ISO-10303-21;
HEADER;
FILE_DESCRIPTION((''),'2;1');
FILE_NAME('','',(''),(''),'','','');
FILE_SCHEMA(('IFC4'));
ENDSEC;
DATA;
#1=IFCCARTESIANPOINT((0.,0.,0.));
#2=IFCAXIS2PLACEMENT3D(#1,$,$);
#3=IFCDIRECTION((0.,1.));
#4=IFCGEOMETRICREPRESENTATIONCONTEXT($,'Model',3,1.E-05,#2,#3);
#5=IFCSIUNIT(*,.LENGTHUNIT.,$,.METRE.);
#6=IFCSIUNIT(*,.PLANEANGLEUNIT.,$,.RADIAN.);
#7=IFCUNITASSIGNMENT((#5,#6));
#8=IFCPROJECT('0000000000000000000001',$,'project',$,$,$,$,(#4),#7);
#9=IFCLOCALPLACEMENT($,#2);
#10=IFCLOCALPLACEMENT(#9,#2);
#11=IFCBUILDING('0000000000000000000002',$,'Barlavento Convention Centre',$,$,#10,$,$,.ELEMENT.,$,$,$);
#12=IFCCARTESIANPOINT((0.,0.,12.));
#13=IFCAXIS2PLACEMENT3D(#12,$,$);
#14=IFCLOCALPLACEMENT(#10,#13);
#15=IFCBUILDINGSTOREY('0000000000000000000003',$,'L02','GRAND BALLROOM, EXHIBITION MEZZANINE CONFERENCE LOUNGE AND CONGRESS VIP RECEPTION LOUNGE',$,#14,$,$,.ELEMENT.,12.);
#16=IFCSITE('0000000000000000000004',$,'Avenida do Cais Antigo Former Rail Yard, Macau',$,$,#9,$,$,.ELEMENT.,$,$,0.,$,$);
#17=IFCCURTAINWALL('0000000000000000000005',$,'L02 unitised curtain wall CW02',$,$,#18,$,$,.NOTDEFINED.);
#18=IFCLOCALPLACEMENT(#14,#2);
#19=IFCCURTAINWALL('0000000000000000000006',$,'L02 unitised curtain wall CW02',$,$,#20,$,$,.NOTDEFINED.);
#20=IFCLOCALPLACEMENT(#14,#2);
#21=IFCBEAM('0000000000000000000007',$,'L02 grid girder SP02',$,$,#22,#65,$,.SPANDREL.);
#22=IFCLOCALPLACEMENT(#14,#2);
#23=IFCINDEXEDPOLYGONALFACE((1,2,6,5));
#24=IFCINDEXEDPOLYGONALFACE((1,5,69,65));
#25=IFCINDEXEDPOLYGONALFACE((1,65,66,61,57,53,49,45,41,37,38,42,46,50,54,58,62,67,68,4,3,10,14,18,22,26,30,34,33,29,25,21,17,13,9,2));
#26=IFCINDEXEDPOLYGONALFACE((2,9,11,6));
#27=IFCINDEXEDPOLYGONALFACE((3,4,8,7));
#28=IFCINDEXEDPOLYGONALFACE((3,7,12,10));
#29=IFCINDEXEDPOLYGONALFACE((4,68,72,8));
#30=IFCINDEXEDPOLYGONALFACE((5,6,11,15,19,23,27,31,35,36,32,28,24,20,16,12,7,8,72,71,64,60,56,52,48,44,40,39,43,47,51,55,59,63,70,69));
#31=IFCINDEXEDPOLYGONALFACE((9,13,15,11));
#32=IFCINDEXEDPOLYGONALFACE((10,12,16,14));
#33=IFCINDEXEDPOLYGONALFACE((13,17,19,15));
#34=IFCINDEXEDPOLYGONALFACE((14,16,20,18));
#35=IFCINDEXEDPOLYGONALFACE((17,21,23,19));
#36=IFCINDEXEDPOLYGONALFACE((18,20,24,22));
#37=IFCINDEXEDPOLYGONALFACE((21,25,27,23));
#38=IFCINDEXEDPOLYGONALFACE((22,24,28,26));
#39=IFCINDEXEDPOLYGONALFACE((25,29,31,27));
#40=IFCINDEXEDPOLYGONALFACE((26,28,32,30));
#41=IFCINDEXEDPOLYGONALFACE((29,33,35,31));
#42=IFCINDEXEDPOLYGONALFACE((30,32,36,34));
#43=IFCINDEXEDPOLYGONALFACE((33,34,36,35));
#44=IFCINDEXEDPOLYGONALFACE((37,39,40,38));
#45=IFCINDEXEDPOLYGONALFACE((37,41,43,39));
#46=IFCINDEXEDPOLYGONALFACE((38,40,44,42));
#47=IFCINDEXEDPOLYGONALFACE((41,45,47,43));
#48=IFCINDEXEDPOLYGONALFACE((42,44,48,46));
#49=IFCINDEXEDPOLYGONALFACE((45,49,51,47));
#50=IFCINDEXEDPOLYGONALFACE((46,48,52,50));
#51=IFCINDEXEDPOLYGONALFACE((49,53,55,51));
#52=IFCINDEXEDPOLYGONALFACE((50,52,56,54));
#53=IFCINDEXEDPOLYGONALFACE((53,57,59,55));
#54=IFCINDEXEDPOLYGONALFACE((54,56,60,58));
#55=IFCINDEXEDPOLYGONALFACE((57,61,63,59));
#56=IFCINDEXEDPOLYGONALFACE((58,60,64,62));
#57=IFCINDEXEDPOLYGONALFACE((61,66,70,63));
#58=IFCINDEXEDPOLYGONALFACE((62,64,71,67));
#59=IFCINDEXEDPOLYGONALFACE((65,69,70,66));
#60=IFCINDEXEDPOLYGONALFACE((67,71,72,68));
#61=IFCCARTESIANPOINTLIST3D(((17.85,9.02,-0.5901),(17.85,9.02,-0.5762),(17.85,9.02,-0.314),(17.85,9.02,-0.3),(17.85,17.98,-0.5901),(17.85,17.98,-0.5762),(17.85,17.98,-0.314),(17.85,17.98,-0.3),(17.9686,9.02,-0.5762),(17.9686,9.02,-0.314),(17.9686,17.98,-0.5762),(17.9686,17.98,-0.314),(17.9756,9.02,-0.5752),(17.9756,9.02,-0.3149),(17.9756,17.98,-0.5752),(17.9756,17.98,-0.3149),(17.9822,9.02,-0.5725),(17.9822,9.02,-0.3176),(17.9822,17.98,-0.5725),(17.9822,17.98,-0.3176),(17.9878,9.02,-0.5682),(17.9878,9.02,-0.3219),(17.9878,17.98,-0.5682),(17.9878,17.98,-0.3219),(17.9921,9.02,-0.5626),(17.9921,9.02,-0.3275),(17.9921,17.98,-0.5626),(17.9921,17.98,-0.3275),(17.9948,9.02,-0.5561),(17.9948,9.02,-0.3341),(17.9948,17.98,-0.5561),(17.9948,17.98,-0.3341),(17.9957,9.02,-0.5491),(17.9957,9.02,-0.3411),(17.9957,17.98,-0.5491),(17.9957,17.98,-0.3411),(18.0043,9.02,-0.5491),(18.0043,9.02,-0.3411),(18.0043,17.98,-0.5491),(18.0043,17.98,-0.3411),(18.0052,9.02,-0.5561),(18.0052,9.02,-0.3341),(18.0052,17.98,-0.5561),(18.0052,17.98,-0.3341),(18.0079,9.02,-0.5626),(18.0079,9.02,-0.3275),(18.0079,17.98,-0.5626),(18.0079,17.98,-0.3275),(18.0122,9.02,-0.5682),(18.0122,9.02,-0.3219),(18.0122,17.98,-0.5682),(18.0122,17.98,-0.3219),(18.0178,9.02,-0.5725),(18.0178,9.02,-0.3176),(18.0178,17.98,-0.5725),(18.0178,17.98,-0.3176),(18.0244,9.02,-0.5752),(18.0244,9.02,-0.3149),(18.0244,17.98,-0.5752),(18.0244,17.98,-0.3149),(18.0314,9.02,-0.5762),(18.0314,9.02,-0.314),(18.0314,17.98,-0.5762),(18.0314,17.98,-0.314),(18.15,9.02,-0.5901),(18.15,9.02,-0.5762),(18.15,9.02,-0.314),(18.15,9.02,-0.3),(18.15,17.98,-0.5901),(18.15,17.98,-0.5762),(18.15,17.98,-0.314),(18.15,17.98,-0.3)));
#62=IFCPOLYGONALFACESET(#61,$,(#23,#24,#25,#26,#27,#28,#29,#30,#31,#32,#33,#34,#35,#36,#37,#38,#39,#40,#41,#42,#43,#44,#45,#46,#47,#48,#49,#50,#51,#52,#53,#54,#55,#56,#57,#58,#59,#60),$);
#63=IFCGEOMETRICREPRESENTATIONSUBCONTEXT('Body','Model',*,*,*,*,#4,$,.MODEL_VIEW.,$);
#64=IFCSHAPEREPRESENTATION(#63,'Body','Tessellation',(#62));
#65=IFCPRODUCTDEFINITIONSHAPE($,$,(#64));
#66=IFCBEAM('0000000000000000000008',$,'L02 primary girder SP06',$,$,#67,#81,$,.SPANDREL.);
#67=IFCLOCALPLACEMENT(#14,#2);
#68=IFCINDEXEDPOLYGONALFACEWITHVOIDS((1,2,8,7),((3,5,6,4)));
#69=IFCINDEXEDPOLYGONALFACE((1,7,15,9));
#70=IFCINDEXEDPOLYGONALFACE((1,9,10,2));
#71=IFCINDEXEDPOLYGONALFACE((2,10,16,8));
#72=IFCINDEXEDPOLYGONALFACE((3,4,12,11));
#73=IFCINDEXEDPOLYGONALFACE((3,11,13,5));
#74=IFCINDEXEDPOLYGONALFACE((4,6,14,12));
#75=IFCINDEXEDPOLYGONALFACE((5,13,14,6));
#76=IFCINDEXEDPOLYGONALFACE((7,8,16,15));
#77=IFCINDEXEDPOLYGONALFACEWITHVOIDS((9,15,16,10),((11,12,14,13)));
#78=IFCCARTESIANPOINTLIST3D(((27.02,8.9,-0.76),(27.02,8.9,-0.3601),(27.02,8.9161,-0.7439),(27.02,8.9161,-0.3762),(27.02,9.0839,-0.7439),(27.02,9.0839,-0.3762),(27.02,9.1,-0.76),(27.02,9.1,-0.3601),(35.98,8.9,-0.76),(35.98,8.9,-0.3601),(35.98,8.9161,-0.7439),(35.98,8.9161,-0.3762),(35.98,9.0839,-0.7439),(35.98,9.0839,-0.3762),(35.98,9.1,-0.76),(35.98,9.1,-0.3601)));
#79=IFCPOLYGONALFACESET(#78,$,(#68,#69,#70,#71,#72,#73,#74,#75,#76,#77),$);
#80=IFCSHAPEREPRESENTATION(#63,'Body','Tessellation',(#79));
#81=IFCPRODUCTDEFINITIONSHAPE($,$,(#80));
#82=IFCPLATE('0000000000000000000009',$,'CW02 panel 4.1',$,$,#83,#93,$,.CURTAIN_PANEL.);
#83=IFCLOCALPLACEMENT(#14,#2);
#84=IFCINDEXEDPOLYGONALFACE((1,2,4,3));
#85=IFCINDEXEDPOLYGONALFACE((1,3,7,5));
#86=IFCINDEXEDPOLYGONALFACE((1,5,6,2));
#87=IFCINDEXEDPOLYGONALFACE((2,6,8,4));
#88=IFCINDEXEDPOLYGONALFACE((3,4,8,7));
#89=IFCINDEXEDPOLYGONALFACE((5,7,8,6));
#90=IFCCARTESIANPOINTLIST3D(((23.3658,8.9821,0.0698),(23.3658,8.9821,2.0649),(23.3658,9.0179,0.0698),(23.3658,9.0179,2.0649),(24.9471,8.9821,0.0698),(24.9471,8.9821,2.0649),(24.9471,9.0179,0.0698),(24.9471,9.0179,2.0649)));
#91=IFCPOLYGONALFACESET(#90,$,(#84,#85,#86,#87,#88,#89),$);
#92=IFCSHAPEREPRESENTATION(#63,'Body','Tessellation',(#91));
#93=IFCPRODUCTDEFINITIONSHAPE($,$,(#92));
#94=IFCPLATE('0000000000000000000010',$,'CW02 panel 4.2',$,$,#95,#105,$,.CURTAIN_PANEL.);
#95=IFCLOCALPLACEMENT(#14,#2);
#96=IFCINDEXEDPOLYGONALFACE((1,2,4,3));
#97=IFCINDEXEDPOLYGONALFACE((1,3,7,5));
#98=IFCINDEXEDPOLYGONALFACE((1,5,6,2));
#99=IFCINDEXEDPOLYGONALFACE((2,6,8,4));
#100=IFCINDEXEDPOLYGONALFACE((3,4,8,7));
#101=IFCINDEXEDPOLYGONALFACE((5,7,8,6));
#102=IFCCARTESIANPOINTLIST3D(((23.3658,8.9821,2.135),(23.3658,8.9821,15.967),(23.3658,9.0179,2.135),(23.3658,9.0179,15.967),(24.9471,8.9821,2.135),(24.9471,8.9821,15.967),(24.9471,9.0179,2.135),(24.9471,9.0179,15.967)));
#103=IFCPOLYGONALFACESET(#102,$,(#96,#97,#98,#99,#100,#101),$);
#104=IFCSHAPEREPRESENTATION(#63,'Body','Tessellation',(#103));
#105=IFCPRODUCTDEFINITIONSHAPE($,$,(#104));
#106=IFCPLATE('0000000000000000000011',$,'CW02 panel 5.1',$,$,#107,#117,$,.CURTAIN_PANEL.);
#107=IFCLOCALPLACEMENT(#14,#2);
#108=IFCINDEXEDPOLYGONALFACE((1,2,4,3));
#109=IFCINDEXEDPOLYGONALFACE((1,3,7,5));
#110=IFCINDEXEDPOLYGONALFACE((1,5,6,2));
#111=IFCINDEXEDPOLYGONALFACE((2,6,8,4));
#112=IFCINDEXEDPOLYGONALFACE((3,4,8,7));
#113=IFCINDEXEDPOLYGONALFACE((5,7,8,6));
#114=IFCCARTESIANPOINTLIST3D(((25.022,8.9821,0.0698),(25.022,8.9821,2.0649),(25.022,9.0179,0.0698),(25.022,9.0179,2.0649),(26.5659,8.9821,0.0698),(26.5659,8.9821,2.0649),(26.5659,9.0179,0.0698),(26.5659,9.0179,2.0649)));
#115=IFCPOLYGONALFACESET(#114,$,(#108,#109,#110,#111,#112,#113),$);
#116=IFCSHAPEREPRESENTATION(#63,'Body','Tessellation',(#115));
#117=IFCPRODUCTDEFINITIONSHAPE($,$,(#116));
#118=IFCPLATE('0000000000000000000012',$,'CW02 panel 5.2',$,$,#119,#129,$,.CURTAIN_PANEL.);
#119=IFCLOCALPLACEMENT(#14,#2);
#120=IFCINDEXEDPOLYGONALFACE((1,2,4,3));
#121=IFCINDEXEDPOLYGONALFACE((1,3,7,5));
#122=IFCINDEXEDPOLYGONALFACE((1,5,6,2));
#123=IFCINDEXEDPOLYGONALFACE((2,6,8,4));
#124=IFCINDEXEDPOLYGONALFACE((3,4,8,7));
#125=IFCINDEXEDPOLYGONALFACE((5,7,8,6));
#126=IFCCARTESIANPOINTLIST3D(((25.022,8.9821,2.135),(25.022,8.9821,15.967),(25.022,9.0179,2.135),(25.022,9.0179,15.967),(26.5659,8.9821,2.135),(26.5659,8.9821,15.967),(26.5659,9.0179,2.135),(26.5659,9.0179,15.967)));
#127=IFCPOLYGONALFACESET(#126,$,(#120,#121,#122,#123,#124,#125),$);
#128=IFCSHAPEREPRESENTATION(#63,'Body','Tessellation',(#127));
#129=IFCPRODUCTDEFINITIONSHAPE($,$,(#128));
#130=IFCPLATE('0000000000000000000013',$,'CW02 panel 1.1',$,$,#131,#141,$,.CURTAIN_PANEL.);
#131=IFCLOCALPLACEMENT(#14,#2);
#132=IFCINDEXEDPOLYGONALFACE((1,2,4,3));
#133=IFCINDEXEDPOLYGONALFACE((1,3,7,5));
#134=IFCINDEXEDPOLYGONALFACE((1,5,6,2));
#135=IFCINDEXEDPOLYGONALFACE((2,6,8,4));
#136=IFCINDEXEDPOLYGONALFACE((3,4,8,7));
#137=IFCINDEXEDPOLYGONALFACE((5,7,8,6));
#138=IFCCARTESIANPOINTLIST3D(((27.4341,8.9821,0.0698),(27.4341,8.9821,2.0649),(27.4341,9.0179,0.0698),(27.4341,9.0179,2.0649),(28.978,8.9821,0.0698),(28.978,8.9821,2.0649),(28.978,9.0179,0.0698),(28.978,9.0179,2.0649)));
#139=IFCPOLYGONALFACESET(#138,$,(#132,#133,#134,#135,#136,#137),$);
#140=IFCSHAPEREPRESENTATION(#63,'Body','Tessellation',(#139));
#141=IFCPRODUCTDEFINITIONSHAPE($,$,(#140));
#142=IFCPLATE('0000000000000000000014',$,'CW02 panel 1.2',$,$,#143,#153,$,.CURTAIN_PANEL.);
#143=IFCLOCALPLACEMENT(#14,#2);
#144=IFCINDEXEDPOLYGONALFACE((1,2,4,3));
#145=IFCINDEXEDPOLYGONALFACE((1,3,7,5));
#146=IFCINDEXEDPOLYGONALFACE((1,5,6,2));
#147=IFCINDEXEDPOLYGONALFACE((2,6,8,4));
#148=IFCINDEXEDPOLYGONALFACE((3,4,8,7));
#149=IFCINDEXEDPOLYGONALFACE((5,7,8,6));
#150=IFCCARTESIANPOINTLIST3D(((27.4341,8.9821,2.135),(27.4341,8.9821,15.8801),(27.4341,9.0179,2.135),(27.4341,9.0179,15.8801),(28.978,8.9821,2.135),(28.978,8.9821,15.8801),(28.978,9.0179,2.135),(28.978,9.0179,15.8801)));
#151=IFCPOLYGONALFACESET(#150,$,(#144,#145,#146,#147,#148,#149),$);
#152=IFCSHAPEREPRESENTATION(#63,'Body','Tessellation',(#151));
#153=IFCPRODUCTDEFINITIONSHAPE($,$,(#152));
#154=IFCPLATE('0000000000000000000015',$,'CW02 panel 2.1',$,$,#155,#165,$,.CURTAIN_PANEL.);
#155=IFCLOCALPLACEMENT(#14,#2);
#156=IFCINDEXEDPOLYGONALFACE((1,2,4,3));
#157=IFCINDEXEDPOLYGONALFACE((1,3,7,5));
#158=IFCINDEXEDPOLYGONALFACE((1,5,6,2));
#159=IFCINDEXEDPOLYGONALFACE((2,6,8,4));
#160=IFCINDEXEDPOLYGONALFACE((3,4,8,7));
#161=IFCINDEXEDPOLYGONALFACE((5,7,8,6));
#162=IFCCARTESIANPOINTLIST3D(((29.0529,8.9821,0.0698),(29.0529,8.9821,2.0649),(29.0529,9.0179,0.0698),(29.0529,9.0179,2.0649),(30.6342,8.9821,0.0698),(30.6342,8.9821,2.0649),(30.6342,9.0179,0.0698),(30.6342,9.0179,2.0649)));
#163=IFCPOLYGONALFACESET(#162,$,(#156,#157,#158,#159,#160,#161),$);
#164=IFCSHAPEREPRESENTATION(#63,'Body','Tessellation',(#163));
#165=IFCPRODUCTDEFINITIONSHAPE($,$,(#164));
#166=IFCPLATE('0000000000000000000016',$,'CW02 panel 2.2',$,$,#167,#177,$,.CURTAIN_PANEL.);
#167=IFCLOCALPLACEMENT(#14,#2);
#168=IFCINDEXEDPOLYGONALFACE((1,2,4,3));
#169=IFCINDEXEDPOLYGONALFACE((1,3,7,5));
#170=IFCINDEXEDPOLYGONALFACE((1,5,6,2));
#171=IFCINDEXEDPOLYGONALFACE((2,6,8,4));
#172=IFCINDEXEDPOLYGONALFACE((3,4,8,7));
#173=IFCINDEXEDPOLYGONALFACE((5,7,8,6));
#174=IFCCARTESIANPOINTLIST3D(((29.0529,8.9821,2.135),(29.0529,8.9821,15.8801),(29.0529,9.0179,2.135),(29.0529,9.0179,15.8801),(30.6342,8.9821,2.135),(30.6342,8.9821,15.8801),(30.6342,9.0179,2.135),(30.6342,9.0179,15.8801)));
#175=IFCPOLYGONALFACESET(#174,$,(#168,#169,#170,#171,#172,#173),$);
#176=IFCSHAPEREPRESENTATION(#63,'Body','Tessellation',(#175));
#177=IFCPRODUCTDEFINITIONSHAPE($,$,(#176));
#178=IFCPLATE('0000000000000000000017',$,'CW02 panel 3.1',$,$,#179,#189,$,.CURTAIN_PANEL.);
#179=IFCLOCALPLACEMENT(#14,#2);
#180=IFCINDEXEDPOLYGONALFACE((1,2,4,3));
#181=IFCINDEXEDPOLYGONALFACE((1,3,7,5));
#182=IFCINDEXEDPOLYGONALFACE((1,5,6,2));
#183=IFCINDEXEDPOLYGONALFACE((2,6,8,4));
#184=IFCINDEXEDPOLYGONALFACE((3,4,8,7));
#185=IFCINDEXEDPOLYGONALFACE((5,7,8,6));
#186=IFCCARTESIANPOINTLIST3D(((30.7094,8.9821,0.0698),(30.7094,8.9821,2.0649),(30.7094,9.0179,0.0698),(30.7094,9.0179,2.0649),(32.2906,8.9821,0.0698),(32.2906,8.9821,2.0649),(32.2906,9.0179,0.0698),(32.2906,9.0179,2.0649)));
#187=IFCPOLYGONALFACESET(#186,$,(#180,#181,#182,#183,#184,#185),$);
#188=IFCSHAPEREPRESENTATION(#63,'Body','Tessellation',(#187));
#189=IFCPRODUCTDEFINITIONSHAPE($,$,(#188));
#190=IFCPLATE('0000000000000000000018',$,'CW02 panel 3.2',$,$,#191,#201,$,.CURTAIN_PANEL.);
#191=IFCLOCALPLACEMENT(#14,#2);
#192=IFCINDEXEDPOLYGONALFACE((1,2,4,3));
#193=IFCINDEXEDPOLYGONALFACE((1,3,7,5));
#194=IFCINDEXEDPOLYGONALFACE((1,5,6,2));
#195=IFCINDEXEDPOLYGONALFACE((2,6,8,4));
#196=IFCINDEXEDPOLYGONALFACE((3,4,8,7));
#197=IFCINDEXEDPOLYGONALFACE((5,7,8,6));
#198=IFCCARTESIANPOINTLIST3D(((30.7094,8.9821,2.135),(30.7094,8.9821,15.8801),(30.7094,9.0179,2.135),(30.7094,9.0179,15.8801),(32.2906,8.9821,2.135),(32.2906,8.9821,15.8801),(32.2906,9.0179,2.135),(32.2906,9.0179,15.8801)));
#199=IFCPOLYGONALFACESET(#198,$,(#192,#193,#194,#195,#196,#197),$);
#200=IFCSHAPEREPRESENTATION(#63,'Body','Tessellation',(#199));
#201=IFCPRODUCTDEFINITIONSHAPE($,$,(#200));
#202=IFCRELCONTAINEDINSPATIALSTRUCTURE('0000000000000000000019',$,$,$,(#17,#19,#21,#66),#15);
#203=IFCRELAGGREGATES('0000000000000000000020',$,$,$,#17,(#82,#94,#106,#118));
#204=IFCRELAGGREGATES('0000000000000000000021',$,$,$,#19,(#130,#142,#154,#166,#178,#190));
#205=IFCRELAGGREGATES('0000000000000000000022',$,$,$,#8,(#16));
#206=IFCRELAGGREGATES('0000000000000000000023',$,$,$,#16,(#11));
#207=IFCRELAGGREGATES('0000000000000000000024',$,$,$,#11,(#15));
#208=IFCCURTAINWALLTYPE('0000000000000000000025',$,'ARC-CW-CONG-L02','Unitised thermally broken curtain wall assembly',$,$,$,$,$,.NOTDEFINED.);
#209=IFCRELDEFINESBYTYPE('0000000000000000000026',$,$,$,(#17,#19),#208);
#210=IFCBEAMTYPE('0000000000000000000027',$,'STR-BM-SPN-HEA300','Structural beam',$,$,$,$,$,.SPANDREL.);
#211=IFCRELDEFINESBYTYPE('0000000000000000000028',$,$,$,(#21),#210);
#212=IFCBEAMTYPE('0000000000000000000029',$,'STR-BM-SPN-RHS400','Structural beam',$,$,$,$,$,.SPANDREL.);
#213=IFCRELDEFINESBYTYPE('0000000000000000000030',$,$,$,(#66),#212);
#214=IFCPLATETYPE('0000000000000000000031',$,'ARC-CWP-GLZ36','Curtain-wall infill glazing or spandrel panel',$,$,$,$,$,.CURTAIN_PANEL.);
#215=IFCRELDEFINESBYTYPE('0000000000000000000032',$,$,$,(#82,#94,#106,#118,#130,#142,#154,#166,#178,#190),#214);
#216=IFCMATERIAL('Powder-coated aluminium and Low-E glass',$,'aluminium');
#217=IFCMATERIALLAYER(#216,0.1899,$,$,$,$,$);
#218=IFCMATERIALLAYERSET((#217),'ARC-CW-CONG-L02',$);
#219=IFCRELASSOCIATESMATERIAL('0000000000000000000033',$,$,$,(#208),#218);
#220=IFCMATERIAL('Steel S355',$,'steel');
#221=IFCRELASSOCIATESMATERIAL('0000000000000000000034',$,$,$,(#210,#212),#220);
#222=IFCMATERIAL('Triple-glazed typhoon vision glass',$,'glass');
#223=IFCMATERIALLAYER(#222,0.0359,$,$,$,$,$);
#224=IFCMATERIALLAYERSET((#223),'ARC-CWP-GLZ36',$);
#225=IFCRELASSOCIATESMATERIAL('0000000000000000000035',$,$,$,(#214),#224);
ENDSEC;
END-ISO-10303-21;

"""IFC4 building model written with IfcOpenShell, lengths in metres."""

from ifc_helpers import new_model, si_unit, direction, frame, origin, origin_2d, place, context, subcontext, project, spatial, rectangle, hollow_rectangle, i_section, extrude, material, layer, layer_set, material_profile, profile_set, type_object, element, aggregate, save


model = new_model("IFC4")

# Units and contexts
model_context = context("Model", 3, precision=1e-05, world=origin(), true_north=direction((0.0, 1.0)))
body_context = subcontext(model_context, "Body", "Model", "MODEL_VIEW")
ifc_project = project(units=[si_unit("LENGTHUNIT", "METRE"), si_unit("PLANEANGLEUNIT", "RADIAN")], contexts=[model_context])

# Site, building, storey
site_placement = place(None, origin())
site = spatial("IfcSite", under=ifc_project, at=site_placement, Name="Avenida do Cais Antigo Former Rail Yard, Macau", CompositionType="ELEMENT", RefElevation=0.0)
building_placement = place(site_placement, origin())
building = spatial("IfcBuilding", under=site, at=building_placement, Name="Barlavento Convention Centre", CompositionType="ELEMENT")
storey_placement = place(building_placement, frame((0.0, 0.0, 12.0)))
storey = spatial("IfcBuildingStorey", under=building, at=storey_placement, Name="L02", Description="GRAND BALLROOM, EXHIBITION MEZZANINE CONFERENCE LOUNGE AND CONGRESS VIP RECEPTION LOUNGE", CompositionType="ELEMENT", Elevation=12.0)

# Curtain walls
ifc_material_1 = material(Name="Powder-coated aluminium and Low-E glass", Category="aluminium")
ifc_layer_1 = layer(ifc_material_1, 0.1899)
ifc_layer_set_1 = layer_set([ifc_layer_1], Name="ARC-CW-CONG-L02")
curtain_wall_type = type_object("IfcCurtainWallType", Name="ARC-CW-CONG-L02", Description="Unitised thermally broken curtain wall assembly", PredefinedType="NOTDEFINED", material=ifc_layer_set_1)
curtain_wall_1_placement = place(storey_placement, origin())
curtain_wall_1 = element("IfcCurtainWall", 1, at=curtain_wall_1_placement, inside=storey, type_object=curtain_wall_type, Name="L02 unitised curtain wall CW02", PredefinedType="NOTDEFINED")
curtain_wall_2_placement = place(storey_placement, origin())
curtain_wall_2 = element("IfcCurtainWall", 2, at=curtain_wall_2_placement, inside=storey, type_object=curtain_wall_type, Name="L02 unitised curtain wall CW02", PredefinedType="NOTDEFINED")

# Beams
ifc_material_2 = material(Name="Steel S355", Category="steel")
ifc_material_profile_1 = material_profile(ifc_material_2, i_section(OverallWidth=0.3, OverallDepth=0.29, WebThickness=0.0085, FlangeThickness=0.0139, FilletRadius=0.0271, at=origin_2d()), Name="HEA 300")
ifc_profile_set_1 = profile_set([ifc_material_profile_1], Name="Steel S355")
beam_type_1 = type_object("IfcBeamType", Name="STR-BM-SPN-HEA300", Description="Structural beam", PredefinedType="SPANDREL", material=ifc_profile_set_1)
beam_1_placement = place(storey_placement, frame((18.0, 9.02, -0.4451), z_axis=(0.0, 1.0, 0.0), x_axis=(-1.0, 0.0, 0.0)))
element("IfcBeam", 3, at=beam_1_placement, inside=storey, type_object=beam_type_1, Name="L02 grid girder SP02", PredefinedType="SPANDREL", context=body_context, shape_type="SweptSolid", body=[
    extrude(i_section(OverallWidth=0.3, OverallDepth=0.29, WebThickness=0.0085, FlangeThickness=0.0139, FilletRadius=0.0271, at=origin_2d()), origin(), (0.0, 0.0, 1.0), 8.96),
])
ifc_material_profile_2 = material_profile(ifc_material_2, hollow_rectangle(XDim=0.2, YDim=0.3999, WallThickness=0.0161, at=origin_2d()), Name="RHS 400x200x16.0")
ifc_profile_set_2 = profile_set([ifc_material_profile_2], Name="Steel S355")
beam_type_2 = type_object("IfcBeamType", Name="STR-BM-SPN-RHS400", Description="Structural beam", PredefinedType="SPANDREL", material=ifc_profile_set_2)
beam_2_placement = place(storey_placement, frame((27.02, 9.0, -0.5601), z_axis=(1.0, 0.0, 0.0), x_axis=(0.0, 1.0, 0.0)))
element("IfcBeam", 4, at=beam_2_placement, inside=storey, type_object=beam_type_2, Name="L02 primary girder SP06", PredefinedType="SPANDREL", context=body_context, shape_type="SweptSolid", body=[
    extrude(hollow_rectangle(XDim=0.2, YDim=0.3999, WallThickness=0.0161, at=origin_2d()), origin(), (0.0, 0.0, 1.0), 8.96),
])

# Plates
ifc_material_3 = material(Name="Triple-glazed typhoon vision glass", Category="glass")
ifc_layer_2 = layer(ifc_material_3, 0.0359)
ifc_layer_set_2 = layer_set([ifc_layer_2], Name="ARC-CWP-GLZ36")
plate_type_1 = type_object("IfcPlateType", Name="ARC-CWP-GLZ36", Description="Curtain-wall infill glazing or spandrel panel", PredefinedType="CURTAIN_PANEL", material=ifc_layer_set_2)
plate_1_placement = place(storey_placement, frame((24.1565, 9.0, 0.0698), z_axis=(0.0, 0.0, 1.0), x_axis=(1.0, 0.0, 0.0)))
plate_1 = element("IfcPlate", 5, at=plate_1_placement, type_object=plate_type_1, Name="CW02 panel 4.1", PredefinedType="CURTAIN_PANEL", context=body_context, shape_type="SweptSolid", body=[
    extrude(rectangle(XDim=1.5813, YDim=0.0359, at=origin_2d()), origin(), (0.0, 0.0, 1.0), 1.9951),
])
plate_2_placement = place(storey_placement, frame((24.1565, 9.0, 2.135), z_axis=(0.0, 0.0, 1.0), x_axis=(1.0, 0.0, 0.0)))
plate_2 = element("IfcPlate", 6, at=plate_2_placement, type_object=plate_type_1, Name="CW02 panel 4.2", PredefinedType="CURTAIN_PANEL", context=body_context, shape_type="SweptSolid", body=[
    extrude(rectangle(XDim=1.5813, YDim=0.0359, at=origin_2d()), origin(), (0.0, 0.0, 1.0), 13.832),
])
plate_3_placement = place(storey_placement, frame((25.7939, 9.0, 0.0698), z_axis=(0.0, 0.0, 1.0), x_axis=(1.0, 0.0, 0.0)))
plate_3 = element("IfcPlate", 7, at=plate_3_placement, type_object=plate_type_1, Name="CW02 panel 5.1", PredefinedType="CURTAIN_PANEL", context=body_context, shape_type="SweptSolid", body=[
    extrude(rectangle(XDim=1.5439, YDim=0.0359, at=origin_2d()), origin(), (0.0, 0.0, 1.0), 1.9951),
])
plate_4_placement = place(storey_placement, frame((25.7939, 9.0, 2.135), z_axis=(0.0, 0.0, 1.0), x_axis=(1.0, 0.0, 0.0)))
plate_4 = element("IfcPlate", 8, at=plate_4_placement, type_object=plate_type_1, Name="CW02 panel 5.2", PredefinedType="CURTAIN_PANEL", context=body_context, shape_type="SweptSolid", body=[
    extrude(rectangle(XDim=1.5439, YDim=0.0359, at=origin_2d()), origin(), (0.0, 0.0, 1.0), 13.832),
])
aggregate(curtain_wall_1, [plate_1, plate_2, plate_3, plate_4])
plate_5_placement = place(storey_placement, frame((28.2061, 9.0, 0.0698), z_axis=(0.0, 0.0, 1.0), x_axis=(1.0, 0.0, 0.0)))
plate_5 = element("IfcPlate", 9, at=plate_5_placement, type_object=plate_type_1, Name="CW02 panel 1.1", PredefinedType="CURTAIN_PANEL", context=body_context, shape_type="SweptSolid", body=[
    extrude(rectangle(XDim=1.5439, YDim=0.0359, at=origin_2d()), origin(), (0.0, 0.0, 1.0), 1.9951),
])
plate_6_placement = place(storey_placement, frame((28.2061, 9.0, 2.135), z_axis=(0.0, 0.0, 1.0), x_axis=(1.0, 0.0, 0.0)))
plate_6 = element("IfcPlate", 10, at=plate_6_placement, type_object=plate_type_1, Name="CW02 panel 1.2", PredefinedType="CURTAIN_PANEL", context=body_context, shape_type="SweptSolid", body=[
    extrude(rectangle(XDim=1.5439, YDim=0.0359, at=origin_2d()), origin(), (0.0, 0.0, 1.0), 13.7451),
])
plate_7_placement = place(storey_placement, frame((29.8435, 9.0, 0.0698), z_axis=(0.0, 0.0, 1.0), x_axis=(1.0, 0.0, 0.0)))
plate_7 = element("IfcPlate", 11, at=plate_7_placement, type_object=plate_type_1, Name="CW02 panel 2.1", PredefinedType="CURTAIN_PANEL", context=body_context, shape_type="SweptSolid", body=[
    extrude(rectangle(XDim=1.5813, YDim=0.0359, at=origin_2d()), origin(), (0.0, 0.0, 1.0), 1.9951),
])
plate_8_placement = place(storey_placement, frame((29.8435, 9.0, 2.135), z_axis=(0.0, 0.0, 1.0), x_axis=(1.0, 0.0, 0.0)))
plate_8 = element("IfcPlate", 12, at=plate_8_placement, type_object=plate_type_1, Name="CW02 panel 2.2", PredefinedType="CURTAIN_PANEL", context=body_context, shape_type="SweptSolid", body=[
    extrude(rectangle(XDim=1.5813, YDim=0.0359, at=origin_2d()), origin(), (0.0, 0.0, 1.0), 13.7451),
])
plate_9_placement = place(storey_placement, frame((31.5, 9.0, 0.0698), z_axis=(0.0, 0.0, 1.0), x_axis=(1.0, 0.0, 0.0)))
plate_9 = element("IfcPlate", 13, at=plate_9_placement, type_object=plate_type_1, Name="CW02 panel 3.1", PredefinedType="CURTAIN_PANEL", context=body_context, shape_type="SweptSolid", body=[
    extrude(rectangle(XDim=1.5813, YDim=0.0359, at=origin_2d()), origin(), (0.0, 0.0, 1.0), 1.9951),
])
plate_10_placement = place(storey_placement, frame((31.5, 9.0, 2.135), z_axis=(0.0, 0.0, 1.0), x_axis=(1.0, 0.0, 0.0)))
plate_10 = element("IfcPlate", 14, at=plate_10_placement, type_object=plate_type_1, Name="CW02 panel 3.2", PredefinedType="CURTAIN_PANEL", context=body_context, shape_type="SweptSolid", body=[
    extrude(rectangle(XDim=1.5813, YDim=0.0359, at=origin_2d()), origin(), (0.0, 0.0, 1.0), 13.7451),
])
aggregate(curtain_wall_2, [plate_5, plate_6, plate_7, plate_8, plate_9, plate_10])

save(model, "model.ifc")
